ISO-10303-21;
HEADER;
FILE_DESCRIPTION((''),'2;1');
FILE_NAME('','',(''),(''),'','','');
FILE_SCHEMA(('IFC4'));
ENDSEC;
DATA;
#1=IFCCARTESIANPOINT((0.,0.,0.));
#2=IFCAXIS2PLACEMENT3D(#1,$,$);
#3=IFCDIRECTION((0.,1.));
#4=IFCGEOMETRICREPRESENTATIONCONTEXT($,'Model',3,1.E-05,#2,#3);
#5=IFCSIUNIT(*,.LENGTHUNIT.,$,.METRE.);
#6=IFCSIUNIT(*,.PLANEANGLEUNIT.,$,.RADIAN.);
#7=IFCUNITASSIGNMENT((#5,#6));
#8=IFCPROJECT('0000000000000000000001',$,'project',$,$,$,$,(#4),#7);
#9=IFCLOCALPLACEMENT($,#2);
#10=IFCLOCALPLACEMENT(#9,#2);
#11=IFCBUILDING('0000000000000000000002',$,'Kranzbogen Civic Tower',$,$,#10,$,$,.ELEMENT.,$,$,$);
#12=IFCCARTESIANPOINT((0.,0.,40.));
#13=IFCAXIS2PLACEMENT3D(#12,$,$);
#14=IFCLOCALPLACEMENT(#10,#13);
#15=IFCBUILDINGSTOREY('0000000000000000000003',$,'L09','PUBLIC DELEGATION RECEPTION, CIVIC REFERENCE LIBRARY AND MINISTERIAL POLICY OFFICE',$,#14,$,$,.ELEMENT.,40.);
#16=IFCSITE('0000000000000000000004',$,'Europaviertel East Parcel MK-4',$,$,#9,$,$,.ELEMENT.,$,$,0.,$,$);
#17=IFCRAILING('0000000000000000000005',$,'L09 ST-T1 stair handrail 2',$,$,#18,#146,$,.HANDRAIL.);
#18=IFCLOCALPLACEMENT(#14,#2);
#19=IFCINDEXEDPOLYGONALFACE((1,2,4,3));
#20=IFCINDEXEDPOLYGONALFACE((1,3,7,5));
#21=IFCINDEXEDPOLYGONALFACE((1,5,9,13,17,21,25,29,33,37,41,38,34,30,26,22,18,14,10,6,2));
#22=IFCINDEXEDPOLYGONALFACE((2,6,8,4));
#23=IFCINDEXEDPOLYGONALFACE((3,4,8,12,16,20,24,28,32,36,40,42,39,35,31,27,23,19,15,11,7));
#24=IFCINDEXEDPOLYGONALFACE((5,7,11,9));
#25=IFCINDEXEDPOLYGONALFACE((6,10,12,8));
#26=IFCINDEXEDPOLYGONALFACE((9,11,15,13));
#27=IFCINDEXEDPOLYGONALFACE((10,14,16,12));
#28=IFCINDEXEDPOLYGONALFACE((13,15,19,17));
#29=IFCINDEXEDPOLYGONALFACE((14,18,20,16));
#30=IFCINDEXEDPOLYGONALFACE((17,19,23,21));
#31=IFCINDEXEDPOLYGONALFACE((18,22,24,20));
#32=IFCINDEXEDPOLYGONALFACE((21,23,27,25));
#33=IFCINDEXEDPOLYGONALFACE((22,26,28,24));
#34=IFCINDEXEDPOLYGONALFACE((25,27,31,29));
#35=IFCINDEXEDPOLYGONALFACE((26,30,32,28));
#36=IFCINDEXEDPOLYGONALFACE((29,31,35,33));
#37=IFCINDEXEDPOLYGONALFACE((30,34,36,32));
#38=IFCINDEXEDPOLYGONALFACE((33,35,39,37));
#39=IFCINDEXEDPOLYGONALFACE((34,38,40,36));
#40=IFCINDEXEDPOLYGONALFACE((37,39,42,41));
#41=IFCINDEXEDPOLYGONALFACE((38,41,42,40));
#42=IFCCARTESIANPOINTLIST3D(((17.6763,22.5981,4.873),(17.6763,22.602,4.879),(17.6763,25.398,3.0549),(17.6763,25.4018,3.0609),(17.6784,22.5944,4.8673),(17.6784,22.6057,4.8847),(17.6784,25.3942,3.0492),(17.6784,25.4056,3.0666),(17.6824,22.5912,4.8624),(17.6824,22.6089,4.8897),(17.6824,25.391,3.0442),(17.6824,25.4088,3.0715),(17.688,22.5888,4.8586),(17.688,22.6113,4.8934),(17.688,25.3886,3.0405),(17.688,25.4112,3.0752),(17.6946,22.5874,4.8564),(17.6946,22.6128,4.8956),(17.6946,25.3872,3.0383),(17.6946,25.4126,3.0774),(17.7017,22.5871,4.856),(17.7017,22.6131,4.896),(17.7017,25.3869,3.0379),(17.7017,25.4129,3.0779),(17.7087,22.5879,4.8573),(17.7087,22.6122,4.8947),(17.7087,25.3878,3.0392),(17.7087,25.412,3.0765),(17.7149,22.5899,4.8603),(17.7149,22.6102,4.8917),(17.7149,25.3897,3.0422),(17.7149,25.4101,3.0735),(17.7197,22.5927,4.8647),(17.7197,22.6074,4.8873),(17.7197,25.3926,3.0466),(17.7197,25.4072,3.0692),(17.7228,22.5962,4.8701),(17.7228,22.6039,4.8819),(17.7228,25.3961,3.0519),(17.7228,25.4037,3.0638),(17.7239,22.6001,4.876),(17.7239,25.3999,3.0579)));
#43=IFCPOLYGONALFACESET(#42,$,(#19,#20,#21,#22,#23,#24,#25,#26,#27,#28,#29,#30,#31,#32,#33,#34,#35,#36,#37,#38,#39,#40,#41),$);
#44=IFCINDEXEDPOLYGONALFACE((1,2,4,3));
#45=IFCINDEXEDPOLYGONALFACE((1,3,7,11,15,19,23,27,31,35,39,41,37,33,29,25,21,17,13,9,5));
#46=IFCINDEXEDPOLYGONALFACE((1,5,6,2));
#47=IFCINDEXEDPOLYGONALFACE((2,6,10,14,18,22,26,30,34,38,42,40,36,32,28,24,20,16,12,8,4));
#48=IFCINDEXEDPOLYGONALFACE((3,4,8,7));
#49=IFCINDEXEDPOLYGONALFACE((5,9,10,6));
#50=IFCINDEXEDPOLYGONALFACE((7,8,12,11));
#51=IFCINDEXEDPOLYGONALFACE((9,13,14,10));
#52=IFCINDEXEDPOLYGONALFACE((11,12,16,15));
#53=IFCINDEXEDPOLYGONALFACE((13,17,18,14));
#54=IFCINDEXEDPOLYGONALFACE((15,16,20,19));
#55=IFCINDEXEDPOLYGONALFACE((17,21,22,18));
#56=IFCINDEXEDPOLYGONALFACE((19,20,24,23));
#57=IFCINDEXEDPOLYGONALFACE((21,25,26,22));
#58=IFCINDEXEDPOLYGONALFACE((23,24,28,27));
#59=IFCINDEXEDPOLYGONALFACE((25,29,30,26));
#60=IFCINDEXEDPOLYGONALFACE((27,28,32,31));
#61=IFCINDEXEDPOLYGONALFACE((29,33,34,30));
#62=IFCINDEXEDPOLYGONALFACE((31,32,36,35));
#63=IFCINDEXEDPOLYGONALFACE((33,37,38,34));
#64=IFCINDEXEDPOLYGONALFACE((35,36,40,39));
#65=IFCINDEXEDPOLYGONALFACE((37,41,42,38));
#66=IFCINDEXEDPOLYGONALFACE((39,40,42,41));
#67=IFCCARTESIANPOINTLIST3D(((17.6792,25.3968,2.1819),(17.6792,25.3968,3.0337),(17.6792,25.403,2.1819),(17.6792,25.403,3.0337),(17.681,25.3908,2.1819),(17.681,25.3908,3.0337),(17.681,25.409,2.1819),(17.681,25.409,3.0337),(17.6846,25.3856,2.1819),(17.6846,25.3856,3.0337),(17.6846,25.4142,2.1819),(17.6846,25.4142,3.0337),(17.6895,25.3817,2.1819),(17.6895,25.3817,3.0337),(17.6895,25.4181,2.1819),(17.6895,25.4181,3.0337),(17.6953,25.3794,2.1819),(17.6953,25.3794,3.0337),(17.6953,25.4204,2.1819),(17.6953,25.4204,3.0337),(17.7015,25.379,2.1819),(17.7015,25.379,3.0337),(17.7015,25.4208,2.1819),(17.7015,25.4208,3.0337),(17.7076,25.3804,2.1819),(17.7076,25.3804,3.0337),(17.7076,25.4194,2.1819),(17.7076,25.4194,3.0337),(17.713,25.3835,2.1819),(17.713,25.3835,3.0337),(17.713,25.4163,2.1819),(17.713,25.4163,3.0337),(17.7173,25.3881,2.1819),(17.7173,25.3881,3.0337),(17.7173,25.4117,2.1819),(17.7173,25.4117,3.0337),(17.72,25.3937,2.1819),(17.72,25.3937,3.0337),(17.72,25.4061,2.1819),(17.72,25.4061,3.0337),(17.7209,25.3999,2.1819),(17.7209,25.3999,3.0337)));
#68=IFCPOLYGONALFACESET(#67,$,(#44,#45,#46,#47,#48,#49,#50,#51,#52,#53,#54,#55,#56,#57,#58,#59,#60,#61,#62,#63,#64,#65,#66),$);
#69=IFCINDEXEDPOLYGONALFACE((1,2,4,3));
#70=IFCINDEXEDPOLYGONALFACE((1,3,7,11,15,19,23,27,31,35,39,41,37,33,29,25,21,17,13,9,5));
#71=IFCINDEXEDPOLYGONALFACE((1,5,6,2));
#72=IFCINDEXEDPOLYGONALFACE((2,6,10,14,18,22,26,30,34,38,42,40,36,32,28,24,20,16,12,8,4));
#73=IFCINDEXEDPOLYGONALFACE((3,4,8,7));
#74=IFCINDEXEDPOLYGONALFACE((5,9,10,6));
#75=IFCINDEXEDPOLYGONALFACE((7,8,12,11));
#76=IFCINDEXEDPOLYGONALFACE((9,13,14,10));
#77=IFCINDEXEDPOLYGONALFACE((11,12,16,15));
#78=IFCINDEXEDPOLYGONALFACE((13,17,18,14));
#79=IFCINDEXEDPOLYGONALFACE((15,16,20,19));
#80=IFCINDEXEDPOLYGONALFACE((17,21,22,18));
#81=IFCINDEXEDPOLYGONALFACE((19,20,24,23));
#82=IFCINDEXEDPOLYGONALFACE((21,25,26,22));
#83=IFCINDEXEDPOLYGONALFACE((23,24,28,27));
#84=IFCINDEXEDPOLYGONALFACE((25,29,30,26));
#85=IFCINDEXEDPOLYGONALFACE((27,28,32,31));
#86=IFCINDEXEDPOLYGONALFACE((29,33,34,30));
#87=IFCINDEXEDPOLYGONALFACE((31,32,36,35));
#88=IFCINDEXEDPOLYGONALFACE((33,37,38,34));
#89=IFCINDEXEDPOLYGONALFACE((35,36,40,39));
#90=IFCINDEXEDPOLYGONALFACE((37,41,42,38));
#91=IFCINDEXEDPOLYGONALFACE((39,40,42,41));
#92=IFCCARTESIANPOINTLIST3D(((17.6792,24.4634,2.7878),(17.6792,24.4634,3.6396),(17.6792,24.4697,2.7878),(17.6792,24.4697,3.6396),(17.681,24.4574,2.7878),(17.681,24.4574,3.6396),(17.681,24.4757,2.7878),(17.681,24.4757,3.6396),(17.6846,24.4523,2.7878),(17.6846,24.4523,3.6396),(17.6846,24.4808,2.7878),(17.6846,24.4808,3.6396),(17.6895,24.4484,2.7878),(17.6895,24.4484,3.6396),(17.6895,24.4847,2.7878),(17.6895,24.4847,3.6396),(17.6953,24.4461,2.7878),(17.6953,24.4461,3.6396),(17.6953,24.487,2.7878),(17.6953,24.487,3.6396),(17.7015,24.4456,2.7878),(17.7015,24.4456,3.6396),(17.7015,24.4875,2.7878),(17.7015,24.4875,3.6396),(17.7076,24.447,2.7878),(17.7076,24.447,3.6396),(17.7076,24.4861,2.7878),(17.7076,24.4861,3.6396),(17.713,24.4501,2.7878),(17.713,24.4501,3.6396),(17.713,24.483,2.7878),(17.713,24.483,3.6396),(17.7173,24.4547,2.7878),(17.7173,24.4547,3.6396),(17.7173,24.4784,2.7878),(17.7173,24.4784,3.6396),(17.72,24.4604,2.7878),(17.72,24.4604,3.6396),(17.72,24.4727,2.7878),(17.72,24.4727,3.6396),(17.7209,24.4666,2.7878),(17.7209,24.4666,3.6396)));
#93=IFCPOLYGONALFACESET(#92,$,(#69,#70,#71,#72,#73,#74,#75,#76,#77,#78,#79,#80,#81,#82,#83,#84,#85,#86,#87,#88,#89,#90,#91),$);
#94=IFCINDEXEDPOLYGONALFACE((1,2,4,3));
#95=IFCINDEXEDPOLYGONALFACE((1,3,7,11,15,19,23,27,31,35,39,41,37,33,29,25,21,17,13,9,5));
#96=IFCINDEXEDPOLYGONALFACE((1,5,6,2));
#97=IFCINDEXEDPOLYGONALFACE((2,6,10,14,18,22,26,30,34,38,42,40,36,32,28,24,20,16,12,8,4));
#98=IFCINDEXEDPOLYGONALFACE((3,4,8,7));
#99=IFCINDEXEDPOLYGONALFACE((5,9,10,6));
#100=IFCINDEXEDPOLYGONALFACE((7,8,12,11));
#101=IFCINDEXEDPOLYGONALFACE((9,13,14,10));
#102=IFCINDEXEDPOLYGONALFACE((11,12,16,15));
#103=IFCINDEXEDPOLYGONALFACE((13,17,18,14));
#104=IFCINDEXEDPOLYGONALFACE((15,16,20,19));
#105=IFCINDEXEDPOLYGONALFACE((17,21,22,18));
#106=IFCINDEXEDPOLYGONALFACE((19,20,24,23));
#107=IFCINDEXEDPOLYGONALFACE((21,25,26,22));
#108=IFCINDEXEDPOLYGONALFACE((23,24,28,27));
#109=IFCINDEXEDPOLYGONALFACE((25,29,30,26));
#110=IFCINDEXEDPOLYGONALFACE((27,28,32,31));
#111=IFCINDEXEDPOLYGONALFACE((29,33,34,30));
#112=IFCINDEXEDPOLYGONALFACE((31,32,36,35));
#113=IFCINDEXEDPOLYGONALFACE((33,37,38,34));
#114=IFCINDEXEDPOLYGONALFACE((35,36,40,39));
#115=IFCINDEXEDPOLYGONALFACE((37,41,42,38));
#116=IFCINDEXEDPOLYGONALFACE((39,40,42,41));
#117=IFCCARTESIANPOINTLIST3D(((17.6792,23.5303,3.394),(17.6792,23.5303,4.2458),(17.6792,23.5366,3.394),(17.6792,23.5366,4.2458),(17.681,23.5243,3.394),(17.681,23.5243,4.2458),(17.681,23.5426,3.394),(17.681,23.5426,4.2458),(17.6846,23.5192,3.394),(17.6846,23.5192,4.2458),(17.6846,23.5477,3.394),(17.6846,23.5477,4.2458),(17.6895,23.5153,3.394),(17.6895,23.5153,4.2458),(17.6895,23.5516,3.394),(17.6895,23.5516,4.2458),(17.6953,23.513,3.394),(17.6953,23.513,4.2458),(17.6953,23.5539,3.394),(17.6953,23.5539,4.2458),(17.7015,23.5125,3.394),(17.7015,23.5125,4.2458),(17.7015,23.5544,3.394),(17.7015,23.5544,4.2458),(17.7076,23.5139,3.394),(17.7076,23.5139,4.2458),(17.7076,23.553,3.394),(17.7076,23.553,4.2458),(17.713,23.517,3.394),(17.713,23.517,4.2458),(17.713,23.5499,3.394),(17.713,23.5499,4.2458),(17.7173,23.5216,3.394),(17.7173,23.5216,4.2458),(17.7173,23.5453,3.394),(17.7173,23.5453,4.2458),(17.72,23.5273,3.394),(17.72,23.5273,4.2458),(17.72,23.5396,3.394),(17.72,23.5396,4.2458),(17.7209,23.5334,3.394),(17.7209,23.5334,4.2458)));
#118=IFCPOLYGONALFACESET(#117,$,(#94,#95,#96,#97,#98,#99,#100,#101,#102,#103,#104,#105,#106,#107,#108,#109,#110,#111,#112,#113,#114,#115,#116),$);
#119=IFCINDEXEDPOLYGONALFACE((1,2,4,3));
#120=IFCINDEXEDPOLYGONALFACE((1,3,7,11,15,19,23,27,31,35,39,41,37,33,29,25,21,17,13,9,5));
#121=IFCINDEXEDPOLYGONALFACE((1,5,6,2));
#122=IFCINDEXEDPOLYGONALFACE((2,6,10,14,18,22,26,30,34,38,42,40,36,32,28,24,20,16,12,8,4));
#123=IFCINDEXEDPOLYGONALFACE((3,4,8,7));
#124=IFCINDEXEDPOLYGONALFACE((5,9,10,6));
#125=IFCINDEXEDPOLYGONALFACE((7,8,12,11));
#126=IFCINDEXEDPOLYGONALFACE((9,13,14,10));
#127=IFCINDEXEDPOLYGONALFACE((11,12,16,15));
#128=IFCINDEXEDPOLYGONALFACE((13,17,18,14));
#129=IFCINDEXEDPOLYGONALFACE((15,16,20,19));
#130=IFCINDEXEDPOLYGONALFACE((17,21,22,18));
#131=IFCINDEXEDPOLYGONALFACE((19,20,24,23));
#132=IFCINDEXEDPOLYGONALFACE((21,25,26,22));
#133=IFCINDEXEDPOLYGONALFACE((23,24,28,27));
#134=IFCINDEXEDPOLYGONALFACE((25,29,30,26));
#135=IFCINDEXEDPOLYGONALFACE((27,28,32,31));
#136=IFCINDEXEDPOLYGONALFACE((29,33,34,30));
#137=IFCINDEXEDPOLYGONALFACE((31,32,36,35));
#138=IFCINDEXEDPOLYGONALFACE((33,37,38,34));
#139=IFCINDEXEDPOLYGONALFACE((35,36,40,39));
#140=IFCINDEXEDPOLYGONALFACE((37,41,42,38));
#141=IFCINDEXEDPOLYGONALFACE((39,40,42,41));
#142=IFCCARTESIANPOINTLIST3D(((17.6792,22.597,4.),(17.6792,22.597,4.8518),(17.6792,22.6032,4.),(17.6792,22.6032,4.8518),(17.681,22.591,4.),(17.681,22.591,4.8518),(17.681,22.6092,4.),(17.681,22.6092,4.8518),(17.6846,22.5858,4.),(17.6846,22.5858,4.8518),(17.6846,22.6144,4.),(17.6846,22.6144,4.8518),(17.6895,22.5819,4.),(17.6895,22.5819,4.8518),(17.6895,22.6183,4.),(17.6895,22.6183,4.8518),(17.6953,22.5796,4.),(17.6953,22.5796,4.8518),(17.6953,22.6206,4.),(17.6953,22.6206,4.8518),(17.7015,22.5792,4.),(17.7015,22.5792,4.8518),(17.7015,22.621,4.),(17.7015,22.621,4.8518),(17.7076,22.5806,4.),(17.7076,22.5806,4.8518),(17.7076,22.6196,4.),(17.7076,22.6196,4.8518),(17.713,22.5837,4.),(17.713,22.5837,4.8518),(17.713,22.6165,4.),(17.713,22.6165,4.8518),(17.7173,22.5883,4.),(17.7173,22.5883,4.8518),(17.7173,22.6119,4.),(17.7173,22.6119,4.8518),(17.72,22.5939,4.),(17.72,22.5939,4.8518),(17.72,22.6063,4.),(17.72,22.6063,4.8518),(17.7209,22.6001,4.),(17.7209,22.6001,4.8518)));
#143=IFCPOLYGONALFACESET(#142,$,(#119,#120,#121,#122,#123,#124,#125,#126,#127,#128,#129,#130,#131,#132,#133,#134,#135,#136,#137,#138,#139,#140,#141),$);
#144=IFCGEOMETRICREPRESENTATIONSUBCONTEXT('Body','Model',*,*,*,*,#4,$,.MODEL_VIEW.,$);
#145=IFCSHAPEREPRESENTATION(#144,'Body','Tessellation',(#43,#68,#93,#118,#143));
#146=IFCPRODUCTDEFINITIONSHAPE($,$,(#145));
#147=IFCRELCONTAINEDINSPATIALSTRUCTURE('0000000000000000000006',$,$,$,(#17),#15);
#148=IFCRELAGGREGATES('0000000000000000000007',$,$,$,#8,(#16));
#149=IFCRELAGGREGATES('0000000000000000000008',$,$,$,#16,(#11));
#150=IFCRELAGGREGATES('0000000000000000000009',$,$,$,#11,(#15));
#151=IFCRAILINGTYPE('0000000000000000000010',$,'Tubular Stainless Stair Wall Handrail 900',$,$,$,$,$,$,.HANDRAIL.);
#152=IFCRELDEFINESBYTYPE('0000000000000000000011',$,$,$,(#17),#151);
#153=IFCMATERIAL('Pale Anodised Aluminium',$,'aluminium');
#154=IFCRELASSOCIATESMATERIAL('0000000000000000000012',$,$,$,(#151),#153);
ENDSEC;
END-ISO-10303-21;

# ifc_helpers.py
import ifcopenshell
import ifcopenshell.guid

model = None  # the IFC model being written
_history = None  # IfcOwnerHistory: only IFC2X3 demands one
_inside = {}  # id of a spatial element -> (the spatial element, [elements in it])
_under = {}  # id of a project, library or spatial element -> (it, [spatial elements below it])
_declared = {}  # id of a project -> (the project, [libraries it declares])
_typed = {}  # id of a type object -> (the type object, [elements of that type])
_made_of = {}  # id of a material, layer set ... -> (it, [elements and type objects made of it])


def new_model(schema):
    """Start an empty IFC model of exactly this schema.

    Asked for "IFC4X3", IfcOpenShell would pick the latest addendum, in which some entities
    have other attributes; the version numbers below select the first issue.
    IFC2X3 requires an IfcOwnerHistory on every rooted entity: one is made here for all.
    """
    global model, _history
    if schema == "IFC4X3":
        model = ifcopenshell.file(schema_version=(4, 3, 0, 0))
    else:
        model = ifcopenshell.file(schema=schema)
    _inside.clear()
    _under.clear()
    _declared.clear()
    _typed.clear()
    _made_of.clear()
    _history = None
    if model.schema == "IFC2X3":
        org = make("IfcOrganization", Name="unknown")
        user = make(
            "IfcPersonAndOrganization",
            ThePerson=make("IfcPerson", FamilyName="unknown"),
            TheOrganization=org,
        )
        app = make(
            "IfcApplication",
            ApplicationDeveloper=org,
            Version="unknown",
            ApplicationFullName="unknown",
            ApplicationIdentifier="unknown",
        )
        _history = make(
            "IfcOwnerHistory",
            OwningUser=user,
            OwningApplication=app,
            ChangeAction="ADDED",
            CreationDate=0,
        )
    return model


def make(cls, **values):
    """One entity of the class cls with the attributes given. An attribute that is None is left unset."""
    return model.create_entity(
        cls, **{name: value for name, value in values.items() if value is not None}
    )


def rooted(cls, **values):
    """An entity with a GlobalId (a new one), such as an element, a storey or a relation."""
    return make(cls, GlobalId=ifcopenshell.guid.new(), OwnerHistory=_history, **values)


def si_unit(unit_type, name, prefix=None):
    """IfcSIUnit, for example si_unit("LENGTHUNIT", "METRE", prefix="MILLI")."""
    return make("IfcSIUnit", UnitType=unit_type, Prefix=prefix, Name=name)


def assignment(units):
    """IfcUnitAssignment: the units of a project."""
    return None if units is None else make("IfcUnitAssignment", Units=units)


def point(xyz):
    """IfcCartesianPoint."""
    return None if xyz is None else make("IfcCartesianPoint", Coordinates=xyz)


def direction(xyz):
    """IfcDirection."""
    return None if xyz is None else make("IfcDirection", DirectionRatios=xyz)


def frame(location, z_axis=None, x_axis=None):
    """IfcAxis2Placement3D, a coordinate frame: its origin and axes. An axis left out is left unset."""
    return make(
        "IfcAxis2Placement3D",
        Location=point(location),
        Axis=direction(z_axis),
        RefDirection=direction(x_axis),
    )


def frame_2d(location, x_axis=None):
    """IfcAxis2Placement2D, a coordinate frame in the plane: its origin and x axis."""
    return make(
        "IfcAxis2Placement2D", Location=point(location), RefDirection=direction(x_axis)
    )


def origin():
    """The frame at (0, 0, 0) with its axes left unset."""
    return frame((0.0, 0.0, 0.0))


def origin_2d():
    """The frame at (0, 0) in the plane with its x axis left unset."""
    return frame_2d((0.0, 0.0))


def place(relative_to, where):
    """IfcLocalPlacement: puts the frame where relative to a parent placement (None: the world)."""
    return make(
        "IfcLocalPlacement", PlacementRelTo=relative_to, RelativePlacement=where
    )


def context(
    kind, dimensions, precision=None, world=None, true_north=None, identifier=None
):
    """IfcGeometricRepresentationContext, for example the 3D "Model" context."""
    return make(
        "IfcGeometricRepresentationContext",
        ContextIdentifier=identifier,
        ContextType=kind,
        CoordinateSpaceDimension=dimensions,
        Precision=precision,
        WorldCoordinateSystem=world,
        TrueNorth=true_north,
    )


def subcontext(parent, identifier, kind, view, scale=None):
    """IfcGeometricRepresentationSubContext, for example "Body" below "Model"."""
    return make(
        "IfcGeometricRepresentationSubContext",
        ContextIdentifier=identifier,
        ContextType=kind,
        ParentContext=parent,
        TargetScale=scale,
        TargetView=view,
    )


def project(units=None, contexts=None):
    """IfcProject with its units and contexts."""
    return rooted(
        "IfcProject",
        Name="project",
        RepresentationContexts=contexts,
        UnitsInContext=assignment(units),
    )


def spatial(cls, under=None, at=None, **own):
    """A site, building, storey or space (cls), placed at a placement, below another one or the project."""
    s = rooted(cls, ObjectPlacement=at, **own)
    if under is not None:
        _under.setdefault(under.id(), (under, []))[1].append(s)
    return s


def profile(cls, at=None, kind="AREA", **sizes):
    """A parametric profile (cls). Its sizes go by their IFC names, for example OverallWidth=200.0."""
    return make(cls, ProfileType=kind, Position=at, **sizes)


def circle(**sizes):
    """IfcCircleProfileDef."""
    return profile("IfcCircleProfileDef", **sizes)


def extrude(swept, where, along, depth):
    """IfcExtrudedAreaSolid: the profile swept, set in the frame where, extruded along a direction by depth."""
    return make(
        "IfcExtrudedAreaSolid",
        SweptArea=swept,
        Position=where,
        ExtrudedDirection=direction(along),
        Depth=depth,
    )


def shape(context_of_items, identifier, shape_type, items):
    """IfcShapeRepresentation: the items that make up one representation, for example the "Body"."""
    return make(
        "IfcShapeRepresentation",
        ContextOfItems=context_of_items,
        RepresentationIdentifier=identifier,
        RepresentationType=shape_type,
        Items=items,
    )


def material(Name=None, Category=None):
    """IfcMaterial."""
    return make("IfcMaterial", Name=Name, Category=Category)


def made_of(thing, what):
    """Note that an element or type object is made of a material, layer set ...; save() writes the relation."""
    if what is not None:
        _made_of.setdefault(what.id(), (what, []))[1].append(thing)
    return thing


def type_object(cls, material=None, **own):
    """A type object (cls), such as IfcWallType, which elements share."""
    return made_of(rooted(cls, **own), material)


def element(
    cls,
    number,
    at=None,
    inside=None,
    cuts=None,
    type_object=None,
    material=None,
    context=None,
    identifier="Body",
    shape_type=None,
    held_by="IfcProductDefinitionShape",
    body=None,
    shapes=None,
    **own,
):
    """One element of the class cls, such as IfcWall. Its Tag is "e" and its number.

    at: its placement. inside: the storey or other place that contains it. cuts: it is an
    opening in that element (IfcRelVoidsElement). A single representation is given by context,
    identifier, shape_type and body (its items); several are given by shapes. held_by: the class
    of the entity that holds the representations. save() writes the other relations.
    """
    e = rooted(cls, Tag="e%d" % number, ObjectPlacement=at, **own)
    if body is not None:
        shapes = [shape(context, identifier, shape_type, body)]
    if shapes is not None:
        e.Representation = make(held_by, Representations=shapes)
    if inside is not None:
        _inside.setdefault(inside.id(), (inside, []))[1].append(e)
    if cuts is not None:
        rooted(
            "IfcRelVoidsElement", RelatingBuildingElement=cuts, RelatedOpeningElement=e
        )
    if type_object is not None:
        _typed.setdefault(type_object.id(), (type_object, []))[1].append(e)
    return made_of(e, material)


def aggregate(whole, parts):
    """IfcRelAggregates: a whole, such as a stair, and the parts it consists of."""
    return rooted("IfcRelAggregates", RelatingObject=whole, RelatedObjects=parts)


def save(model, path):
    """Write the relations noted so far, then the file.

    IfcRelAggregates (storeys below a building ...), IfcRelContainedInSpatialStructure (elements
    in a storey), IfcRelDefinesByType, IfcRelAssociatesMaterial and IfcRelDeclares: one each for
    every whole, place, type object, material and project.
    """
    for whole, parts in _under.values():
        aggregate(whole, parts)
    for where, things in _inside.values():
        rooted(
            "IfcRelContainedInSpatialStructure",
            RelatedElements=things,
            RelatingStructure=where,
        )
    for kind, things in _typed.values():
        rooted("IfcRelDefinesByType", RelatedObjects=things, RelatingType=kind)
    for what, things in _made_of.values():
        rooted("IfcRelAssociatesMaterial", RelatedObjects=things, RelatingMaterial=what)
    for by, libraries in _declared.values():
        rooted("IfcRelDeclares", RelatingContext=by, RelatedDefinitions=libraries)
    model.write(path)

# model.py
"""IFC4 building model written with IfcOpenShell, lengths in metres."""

from ifc_helpers import new_model, si_unit, direction, frame, origin, origin_2d, place, context, subcontext, project, spatial, circle, extrude, material, type_object, element, save


model = new_model("IFC4")

# Units and contexts
model_context = context("Model", 3, precision=1e-05, world=origin(), true_north=direction((0.0, 1.0)))
body_context = subcontext(model_context, "Body", "Model", "MODEL_VIEW")
ifc_project = project(units=[si_unit("LENGTHUNIT", "METRE"), si_unit("PLANEANGLEUNIT", "RADIAN")], contexts=[model_context])

# Site, building, storey
site_placement = place(None, origin())
site = spatial("IfcSite", under=ifc_project, at=site_placement, Name="Europaviertel East Parcel MK-4", CompositionType="ELEMENT", RefElevation=0.0)
building_placement = place(site_placement, origin())
building = spatial("IfcBuilding", under=site, at=building_placement, Name="Kranzbogen Civic Tower", CompositionType="ELEMENT")
storey_placement = place(building_placement, frame((0.0, 0.0, 40.0)))
storey = spatial("IfcBuildingStorey", under=building, at=storey_placement, Name="L09", Description="PUBLIC DELEGATION RECEPTION, CIVIC REFERENCE LIBRARY AND MINISTERIAL POLICY OFFICE", CompositionType="ELEMENT", Elevation=40.0)

# Shared definitions
ifc_material_1 = material(Name="Pale Anodised Aluminium", Category="aluminium")

# Railing
railing_type_1 = type_object("IfcRailingType", Name="Tubular Stainless Stair Wall Handrail 900", PredefinedType="HANDRAIL", material=ifc_material_1)
railing_1_placement = place(storey_placement, frame((17.7, 25.3999, 2.1819)))
element("IfcRailing", 1, at=railing_1_placement, inside=storey, type_object=railing_type_1, Name="L09 ST-T1 stair handrail 2", PredefinedType="HANDRAIL", context=body_context, shape_type="SweptSolid", body=[
    extrude(circle(Radius=0.0239, at=origin_2d()), frame((0.0, 0.0, 0.876), z_axis=(0.0, -0.838684, 0.544618), x_axis=(1.0, 0.0, 0.0)), (0.0, 0.0, 1.0), 3.3384),
    extrude(circle(Radius=0.021, at=origin_2d()), origin(), (0.0, 0.0, 1.0), 0.8518),
    extrude(circle(Radius=0.021, at=origin_2d()), frame((0.0, -0.9333, 0.606)), (0.0, 0.0, 1.0), 0.8518),
    extrude(circle(Radius=0.021, at=origin_2d()), frame((0.0, -1.8665, 1.2122)), (0.0, 0.0, 1.0), 0.8518),
    extrude(circle(Radius=0.021, at=origin_2d()), frame((0.0, -2.7998, 1.8181)), (0.0, 0.0, 1.0), 0.8518),
])

save(model, "model.ifc")
